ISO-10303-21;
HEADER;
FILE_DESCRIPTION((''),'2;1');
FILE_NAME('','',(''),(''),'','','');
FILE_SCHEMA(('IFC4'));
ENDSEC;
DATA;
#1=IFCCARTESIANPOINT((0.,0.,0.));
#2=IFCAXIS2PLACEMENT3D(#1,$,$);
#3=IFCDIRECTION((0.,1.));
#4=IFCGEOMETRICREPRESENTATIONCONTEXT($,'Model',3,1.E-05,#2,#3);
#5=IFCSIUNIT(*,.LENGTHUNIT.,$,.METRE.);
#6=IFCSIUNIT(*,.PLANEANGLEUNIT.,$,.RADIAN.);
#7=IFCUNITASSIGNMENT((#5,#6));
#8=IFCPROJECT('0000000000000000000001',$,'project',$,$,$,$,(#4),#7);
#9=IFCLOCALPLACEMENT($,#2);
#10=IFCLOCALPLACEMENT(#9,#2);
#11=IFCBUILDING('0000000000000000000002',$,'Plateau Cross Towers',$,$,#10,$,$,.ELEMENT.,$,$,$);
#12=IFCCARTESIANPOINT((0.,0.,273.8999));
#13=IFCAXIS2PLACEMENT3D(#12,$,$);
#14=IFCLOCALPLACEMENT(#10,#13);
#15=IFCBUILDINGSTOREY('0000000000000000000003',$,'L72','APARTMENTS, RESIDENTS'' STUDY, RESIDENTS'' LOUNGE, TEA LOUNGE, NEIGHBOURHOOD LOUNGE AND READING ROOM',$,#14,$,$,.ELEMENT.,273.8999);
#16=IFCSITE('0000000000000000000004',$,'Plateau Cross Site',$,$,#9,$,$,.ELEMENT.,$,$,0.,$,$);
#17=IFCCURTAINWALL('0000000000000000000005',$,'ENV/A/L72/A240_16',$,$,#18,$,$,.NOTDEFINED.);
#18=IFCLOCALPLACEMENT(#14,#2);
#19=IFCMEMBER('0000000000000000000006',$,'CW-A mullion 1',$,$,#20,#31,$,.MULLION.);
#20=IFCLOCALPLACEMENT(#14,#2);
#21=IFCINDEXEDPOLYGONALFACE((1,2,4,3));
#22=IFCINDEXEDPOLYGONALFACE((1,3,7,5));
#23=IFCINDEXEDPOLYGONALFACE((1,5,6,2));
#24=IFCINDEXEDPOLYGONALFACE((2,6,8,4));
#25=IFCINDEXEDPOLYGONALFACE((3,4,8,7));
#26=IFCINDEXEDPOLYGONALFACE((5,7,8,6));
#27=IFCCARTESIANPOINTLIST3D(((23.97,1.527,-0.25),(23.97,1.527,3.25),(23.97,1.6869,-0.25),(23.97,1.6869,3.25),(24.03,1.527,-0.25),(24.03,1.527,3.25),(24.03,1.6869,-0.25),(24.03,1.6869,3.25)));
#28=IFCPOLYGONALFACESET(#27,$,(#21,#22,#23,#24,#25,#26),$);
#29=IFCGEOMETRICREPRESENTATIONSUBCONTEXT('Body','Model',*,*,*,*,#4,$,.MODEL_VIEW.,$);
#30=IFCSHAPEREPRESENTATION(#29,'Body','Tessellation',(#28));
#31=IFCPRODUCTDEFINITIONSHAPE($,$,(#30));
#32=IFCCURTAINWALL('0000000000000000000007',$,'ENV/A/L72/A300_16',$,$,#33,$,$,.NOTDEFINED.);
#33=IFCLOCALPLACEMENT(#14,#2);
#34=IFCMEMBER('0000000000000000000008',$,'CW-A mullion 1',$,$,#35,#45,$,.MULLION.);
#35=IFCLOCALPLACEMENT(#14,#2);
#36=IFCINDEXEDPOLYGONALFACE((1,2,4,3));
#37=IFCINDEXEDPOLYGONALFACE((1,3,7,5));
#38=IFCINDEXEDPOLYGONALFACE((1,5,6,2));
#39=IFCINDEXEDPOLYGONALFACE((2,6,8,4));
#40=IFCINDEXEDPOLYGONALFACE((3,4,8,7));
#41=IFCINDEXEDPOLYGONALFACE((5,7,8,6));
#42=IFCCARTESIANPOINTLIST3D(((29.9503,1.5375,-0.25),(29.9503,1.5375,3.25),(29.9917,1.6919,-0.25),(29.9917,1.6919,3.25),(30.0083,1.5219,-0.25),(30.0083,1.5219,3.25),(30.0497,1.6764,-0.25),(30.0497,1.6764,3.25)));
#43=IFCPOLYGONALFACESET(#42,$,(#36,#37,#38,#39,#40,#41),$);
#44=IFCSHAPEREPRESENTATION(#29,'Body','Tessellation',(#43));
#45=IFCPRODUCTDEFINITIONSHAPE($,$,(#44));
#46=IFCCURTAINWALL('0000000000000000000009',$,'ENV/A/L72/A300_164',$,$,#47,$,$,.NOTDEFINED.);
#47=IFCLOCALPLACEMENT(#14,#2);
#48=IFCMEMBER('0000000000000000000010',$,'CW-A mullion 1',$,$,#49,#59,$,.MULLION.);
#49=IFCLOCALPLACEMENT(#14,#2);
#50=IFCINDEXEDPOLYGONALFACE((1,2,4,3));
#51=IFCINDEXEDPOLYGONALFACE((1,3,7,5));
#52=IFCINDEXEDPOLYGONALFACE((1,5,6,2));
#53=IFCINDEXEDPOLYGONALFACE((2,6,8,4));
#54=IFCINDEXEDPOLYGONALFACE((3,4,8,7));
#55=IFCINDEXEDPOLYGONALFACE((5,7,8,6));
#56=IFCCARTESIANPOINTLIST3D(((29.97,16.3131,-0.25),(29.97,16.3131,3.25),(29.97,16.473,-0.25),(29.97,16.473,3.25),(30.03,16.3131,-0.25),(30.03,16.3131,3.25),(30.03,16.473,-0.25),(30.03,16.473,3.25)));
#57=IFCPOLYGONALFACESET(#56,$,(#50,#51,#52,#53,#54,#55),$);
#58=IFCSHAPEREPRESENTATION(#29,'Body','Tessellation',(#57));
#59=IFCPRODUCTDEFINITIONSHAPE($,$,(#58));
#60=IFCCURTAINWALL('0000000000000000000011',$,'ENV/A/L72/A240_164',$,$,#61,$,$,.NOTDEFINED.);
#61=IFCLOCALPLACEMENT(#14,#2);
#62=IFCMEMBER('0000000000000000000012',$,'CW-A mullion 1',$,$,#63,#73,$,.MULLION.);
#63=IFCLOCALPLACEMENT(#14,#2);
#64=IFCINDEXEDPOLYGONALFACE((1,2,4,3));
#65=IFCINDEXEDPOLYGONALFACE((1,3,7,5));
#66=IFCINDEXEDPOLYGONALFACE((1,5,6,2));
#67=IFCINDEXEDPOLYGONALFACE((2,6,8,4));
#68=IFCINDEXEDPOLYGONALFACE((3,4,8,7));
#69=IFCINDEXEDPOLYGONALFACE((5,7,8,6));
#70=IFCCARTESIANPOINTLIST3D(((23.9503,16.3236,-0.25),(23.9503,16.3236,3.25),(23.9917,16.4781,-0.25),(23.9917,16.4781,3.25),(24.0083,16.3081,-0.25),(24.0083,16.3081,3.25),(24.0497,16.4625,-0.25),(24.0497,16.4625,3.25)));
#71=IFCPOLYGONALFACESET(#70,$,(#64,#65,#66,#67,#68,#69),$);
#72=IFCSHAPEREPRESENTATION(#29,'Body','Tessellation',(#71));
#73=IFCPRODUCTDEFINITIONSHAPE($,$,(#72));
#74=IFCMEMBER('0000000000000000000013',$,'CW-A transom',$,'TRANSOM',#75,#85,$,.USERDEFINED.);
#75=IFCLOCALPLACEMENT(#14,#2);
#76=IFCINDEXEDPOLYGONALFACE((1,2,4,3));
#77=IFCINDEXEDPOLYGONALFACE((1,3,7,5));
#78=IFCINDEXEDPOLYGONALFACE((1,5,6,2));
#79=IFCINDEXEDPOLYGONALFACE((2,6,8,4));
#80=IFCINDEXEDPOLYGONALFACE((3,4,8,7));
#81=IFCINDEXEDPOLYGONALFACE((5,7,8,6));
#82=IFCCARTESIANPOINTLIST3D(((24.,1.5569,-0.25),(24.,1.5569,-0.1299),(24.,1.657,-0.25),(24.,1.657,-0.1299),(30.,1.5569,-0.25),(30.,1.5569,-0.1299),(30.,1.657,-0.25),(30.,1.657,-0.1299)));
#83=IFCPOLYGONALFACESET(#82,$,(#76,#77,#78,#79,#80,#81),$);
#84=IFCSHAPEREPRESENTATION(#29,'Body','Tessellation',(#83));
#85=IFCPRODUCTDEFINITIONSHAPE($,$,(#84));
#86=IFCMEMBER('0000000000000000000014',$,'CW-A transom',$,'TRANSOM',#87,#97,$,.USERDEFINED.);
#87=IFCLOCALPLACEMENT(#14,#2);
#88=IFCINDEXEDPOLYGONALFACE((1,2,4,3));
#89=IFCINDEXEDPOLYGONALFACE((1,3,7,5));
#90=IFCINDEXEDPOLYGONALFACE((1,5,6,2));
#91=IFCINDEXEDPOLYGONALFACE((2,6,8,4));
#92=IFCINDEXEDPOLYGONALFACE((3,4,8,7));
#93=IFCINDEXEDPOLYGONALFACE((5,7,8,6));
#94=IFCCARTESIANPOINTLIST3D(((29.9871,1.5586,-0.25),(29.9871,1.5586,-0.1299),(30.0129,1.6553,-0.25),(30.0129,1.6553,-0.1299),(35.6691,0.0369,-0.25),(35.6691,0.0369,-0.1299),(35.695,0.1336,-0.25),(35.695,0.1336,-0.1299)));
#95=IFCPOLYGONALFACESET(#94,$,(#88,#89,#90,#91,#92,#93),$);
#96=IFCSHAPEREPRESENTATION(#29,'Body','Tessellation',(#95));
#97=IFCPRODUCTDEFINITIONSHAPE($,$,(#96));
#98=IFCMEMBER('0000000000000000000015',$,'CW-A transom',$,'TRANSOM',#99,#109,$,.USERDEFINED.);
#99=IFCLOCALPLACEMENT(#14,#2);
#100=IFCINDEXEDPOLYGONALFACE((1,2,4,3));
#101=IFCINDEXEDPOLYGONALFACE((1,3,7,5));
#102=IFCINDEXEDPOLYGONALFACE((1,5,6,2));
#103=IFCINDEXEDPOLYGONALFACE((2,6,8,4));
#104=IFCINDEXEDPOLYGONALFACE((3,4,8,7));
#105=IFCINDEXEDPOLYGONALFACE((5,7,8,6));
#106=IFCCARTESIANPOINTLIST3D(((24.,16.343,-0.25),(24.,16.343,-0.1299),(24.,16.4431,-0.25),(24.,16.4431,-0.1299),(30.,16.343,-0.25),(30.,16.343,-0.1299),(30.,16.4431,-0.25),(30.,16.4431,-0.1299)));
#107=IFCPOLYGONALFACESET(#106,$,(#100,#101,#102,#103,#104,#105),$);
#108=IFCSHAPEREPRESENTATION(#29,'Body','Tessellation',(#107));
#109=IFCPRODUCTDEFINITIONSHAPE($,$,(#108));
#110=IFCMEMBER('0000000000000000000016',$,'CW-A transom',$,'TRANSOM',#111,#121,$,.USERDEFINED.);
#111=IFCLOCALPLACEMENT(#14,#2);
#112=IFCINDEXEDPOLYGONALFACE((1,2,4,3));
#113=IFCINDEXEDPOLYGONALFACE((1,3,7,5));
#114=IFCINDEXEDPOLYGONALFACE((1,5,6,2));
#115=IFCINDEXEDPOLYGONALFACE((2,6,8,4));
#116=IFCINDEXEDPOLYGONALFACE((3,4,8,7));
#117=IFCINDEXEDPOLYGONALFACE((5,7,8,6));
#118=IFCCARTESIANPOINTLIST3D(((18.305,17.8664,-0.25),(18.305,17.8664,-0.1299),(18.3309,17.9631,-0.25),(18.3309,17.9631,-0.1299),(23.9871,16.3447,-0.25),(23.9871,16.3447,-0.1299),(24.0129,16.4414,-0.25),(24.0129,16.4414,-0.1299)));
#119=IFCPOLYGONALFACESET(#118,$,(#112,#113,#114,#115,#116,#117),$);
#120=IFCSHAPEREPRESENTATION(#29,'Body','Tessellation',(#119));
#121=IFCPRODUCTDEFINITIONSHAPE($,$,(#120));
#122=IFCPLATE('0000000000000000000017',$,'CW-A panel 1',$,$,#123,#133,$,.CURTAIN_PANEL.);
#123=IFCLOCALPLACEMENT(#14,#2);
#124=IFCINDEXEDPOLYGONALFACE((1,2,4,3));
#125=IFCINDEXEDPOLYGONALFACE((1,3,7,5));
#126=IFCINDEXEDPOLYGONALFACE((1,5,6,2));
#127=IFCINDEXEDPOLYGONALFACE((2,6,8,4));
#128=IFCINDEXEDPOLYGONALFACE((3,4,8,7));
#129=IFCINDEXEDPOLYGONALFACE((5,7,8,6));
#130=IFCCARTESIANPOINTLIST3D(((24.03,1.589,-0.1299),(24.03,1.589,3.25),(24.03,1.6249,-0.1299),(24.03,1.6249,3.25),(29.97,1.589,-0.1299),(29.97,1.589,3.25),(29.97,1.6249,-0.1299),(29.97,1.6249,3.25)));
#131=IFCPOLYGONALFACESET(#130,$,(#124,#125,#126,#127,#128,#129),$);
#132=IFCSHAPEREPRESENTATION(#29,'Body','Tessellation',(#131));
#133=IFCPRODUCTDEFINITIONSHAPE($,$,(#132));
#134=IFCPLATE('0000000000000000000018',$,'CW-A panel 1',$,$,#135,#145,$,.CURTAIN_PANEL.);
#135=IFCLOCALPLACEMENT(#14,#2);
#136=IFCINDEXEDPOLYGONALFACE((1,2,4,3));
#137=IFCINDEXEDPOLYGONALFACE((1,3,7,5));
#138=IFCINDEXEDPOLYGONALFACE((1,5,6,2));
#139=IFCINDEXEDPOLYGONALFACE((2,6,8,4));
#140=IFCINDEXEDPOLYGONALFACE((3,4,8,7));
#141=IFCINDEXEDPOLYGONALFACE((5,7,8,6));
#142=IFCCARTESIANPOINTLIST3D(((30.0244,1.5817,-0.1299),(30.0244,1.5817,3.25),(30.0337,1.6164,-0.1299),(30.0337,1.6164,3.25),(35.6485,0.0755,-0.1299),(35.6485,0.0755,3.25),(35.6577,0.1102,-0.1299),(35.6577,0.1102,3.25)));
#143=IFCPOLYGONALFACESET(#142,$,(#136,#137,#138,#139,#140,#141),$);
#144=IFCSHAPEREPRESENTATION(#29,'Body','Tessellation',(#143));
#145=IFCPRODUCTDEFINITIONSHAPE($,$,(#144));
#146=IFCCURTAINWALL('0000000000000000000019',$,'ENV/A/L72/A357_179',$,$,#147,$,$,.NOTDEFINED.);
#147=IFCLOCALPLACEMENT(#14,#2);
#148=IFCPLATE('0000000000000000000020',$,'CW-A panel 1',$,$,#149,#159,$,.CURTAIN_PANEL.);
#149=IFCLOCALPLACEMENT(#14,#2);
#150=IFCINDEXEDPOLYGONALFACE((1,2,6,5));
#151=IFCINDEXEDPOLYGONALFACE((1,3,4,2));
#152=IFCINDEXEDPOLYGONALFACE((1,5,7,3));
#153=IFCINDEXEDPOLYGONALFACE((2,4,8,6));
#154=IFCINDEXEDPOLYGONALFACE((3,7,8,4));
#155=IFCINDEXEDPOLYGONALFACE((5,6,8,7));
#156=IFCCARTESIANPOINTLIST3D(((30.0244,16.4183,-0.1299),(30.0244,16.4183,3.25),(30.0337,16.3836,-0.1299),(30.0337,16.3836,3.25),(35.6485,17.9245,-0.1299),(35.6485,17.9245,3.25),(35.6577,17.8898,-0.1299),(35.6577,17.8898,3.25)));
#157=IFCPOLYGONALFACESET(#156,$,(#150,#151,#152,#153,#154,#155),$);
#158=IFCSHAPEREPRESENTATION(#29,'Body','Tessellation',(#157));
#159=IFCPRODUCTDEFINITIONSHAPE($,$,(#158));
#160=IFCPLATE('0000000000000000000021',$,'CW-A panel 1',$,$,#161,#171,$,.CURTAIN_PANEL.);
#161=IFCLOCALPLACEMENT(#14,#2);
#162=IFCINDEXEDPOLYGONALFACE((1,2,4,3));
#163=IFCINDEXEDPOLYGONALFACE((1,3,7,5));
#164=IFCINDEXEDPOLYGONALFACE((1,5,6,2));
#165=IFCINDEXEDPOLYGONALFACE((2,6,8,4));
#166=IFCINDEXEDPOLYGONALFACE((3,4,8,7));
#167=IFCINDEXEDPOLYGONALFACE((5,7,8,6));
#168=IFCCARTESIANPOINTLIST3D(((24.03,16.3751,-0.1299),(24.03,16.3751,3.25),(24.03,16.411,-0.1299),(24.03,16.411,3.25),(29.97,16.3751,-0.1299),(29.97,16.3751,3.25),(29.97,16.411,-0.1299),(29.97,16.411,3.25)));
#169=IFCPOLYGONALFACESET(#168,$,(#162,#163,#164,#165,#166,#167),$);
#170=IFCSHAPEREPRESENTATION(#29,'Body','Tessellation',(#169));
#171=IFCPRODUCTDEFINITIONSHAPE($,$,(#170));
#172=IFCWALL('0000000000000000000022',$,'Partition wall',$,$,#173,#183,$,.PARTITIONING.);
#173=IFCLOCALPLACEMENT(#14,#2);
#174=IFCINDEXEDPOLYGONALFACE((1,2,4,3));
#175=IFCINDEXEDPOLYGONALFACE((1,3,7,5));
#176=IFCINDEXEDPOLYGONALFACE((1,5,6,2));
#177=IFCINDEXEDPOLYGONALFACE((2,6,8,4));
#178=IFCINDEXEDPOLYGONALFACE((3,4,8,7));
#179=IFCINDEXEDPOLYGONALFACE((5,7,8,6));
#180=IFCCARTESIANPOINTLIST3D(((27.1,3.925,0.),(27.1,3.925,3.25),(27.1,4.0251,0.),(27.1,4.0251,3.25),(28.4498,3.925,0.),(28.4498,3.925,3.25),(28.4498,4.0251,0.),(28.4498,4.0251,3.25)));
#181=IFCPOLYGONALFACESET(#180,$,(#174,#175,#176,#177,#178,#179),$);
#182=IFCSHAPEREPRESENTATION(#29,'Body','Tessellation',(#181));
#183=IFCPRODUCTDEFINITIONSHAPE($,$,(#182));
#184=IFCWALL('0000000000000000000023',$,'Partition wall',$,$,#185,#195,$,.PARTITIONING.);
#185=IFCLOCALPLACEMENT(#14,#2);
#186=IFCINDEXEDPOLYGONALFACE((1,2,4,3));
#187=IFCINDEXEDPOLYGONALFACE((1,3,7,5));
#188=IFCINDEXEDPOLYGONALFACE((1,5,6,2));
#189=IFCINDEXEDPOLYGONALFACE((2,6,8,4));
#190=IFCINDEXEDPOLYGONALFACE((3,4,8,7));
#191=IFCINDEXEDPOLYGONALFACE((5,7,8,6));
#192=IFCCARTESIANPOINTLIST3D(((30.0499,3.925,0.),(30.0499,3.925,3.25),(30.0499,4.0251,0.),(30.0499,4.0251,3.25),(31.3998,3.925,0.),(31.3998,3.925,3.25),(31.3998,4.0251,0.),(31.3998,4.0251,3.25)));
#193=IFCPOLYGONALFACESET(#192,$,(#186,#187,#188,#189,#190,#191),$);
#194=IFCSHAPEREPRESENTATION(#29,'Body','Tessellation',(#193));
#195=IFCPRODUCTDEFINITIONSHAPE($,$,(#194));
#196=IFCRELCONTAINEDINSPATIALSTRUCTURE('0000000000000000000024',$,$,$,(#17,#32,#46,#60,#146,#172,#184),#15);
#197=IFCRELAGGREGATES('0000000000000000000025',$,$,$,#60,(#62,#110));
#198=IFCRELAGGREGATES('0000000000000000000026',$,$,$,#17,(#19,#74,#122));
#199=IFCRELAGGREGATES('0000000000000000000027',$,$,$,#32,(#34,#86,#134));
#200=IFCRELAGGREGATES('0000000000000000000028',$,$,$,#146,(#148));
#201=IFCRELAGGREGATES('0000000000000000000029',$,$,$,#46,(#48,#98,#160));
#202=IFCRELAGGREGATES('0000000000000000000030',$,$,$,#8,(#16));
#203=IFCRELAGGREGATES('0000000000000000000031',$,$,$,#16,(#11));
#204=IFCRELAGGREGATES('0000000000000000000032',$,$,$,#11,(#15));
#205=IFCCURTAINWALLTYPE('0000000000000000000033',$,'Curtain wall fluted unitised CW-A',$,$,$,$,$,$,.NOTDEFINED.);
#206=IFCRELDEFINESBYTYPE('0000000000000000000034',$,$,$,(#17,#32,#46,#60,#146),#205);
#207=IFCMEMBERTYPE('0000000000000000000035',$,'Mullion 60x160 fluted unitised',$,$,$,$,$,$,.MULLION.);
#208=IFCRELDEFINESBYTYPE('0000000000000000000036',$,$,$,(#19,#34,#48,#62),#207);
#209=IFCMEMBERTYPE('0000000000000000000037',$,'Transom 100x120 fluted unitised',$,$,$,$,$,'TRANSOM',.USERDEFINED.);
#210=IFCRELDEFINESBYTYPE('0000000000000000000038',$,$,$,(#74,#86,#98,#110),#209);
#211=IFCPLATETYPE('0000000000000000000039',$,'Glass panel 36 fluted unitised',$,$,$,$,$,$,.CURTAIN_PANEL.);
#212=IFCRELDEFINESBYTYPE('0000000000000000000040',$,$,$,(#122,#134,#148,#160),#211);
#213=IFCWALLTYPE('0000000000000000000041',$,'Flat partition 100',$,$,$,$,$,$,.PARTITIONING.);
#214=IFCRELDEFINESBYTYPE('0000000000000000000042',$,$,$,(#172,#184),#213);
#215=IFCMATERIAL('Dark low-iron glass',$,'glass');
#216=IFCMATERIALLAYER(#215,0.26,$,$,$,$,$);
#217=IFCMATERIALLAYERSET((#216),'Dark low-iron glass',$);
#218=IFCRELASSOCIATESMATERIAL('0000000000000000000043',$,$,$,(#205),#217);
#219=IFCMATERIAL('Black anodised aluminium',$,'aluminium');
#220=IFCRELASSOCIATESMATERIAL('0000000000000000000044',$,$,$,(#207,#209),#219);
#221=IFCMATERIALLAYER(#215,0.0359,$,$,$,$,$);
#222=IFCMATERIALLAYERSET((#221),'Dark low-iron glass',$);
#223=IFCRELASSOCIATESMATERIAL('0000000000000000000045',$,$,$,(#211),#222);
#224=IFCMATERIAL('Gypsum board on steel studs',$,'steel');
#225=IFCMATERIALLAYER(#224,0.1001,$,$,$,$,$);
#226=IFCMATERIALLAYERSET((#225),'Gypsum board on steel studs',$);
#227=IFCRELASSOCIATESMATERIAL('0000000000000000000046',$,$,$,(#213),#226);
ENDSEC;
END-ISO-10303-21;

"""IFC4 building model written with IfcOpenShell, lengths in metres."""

from ifc_helpers import new_model, si_unit, direction, frame, frame_2d, origin, origin_2d, place, context, subcontext, project, spatial, rectangle, extrude, material, layer, layer_set, material_profile, profile_set, type_object, element, aggregate, save


model = new_model("IFC4")

# Units and contexts
model_context = context("Model", 3, precision=1e-05, world=origin(), true_north=direction((0.0, 1.0)))
body_context = subcontext(model_context, "Body", "Model", "MODEL_VIEW")
ifc_project = project(units=[si_unit("LENGTHUNIT", "METRE"), si_unit("PLANEANGLEUNIT", "RADIAN")], contexts=[model_context])

# Site, building, storey
site_placement = place(None, origin())
site = spatial("IfcSite", under=ifc_project, at=site_placement, Name="Plateau Cross Site", CompositionType="ELEMENT", RefElevation=0.0)
building_placement = place(site_placement, origin())
building = spatial("IfcBuilding", under=site, at=building_placement, Name="Plateau Cross Towers", CompositionType="ELEMENT")
storey_placement = place(building_placement, frame((0.0, 0.0, 273.8999)))
storey = spatial("IfcBuildingStorey", under=building, at=storey_placement, Name="L72", Description="APARTMENTS, RESIDENTS' STUDY, RESIDENTS' LOUNGE, TEA LOUNGE, NEIGHBOURHOOD LOUNGE AND READING ROOM", CompositionType="ELEMENT", Elevation=273.8999)

# Curtain walls, members
ifc_material_1 = material(Name="Dark low-iron glass", Category="glass")
ifc_layer_1 = layer(ifc_material_1, 0.26)
ifc_layer_set_1 = layer_set([ifc_layer_1], Name="Dark low-iron glass")
curtain_wall_type = type_object("IfcCurtainWallType", Name="Curtain wall fluted unitised CW-A", PredefinedType="NOTDEFINED", material=ifc_layer_set_1)
curtain_wall_1_placement = place(storey_placement, origin())
curtain_wall_1 = element("IfcCurtainWall", 1, at=curtain_wall_1_placement, inside=storey, type_object=curtain_wall_type, Name="ENV/A/L72/A240_16", PredefinedType="NOTDEFINED")
ifc_material_2 = material(Name="Black anodised aluminium", Category="aluminium")
ifc_material_profile_1 = material_profile(ifc_material_2, rectangle(XDim=0.0601, YDim=0.1599, at=origin_2d()), Name="MULLION 60x160")
ifc_profile_set_1 = profile_set([ifc_material_profile_1], Name="Black anodised aluminium")
member_type_1 = type_object("IfcMemberType", Name="Mullion 60x160 fluted unitised", PredefinedType="MULLION", material=ifc_profile_set_1)
member_1_placement = place(storey_placement, frame((24.0, 1.6069, -0.25), z_axis=(0.0, 0.0, 1.0), x_axis=(1.0, 0.0, 0.0)))
member_1 = element("IfcMember", 2, at=member_1_placement, type_object=member_type_1, Name="CW-A mullion 1", PredefinedType="MULLION", context=body_context, shape_type="SweptSolid", body=[
    extrude(rectangle(XDim=0.0601, YDim=0.1599, at=origin_2d()), origin(), (0.0, 0.0, 1.0), 3.5),
])
curtain_wall_2_placement = place(storey_placement, origin())
curtain_wall_2 = element("IfcCurtainWall", 3, at=curtain_wall_2_placement, inside=storey, type_object=curtain_wall_type, Name="ENV/A/L72/A300_16", PredefinedType="NOTDEFINED")
member_2_placement = place(storey_placement, frame((30.0, 1.6069, -0.25), z_axis=(0.0, 0.0, 1.0), x_axis=(0.965958, -0.258699, 0.0)))
member_2 = element("IfcMember", 4, at=member_2_placement, type_object=member_type_1, Name="CW-A mullion 1", PredefinedType="MULLION", context=body_context, shape_type="SweptSolid", body=[
    extrude(rectangle(XDim=0.0601, YDim=0.1599, at=origin_2d()), origin(), (0.0, 0.0, 1.0), 3.5),
])
curtain_wall_3_placement = place(storey_placement, origin())
curtain_wall_3 = element("IfcCurtainWall", 5, at=curtain_wall_3_placement, inside=storey, type_object=curtain_wall_type, Name="ENV/A/L72/A300_164", PredefinedType="NOTDEFINED")
member_3_placement = place(storey_placement, frame((30.0, 16.3931, -0.25), z_axis=(0.0, 0.0, 1.0), x_axis=(-1.0, 0.0, 0.0)))
member_3 = element("IfcMember", 6, at=member_3_placement, type_object=member_type_1, Name="CW-A mullion 1", PredefinedType="MULLION", context=body_context, shape_type="SweptSolid", body=[
    extrude(rectangle(XDim=0.0601, YDim=0.1599, at=origin_2d()), origin(), (0.0, 0.0, 1.0), 3.5),
])
curtain_wall_4_placement = place(storey_placement, origin())
curtain_wall_4 = element("IfcCurtainWall", 7, at=curtain_wall_4_placement, inside=storey, type_object=curtain_wall_type, Name="ENV/A/L72/A240_164", PredefinedType="NOTDEFINED")
member_4_placement = place(storey_placement, frame((24.0, 16.3931, -0.25), z_axis=(0.0, 0.0, 1.0), x_axis=(-0.965958, 0.258699, 0.0)))
member_4 = element("IfcMember", 8, at=member_4_placement, type_object=member_type_1, Name="CW-A mullion 1", PredefinedType="MULLION", context=body_context, shape_type="SweptSolid", body=[
    extrude(rectangle(XDim=0.0601, YDim=0.1599, at=origin_2d()), origin(), (0.0, 0.0, 1.0), 3.5),
])

# Members
ifc_material_profile_2 = material_profile(ifc_material_2, rectangle(XDim=0.1001, YDim=0.1201, at=origin_2d()), Name="TRANSOM 100x120")
ifc_profile_set_2 = profile_set([ifc_material_profile_2], Name="Black anodised aluminium")
member_type_2 = type_object("IfcMemberType", Name="Transom 100x120 fluted unitised", ElementType="TRANSOM", PredefinedType="USERDEFINED", material=ifc_profile_set_2)
member_5_placement = place(storey_placement, frame((24.0, 1.6069, -0.1899), z_axis=(1.0, 0.0, 0.0), x_axis=(0.0, 1.0, 0.0)))
member_5 = element("IfcMember", 9, at=member_5_placement, type_object=member_type_2, Name="CW-A transom", ObjectType="TRANSOM", PredefinedType="USERDEFINED", context=body_context, shape_type="SweptSolid", body=[
    extrude(rectangle(XDim=0.1001, YDim=0.1201, at=origin_2d()), origin(), (0.0, 0.0, 1.0), 6.0),
])
member_6_placement = place(storey_placement, frame((30.0, 1.6069, -0.1899), z_axis=(0.96596, -0.258693, 0.0), x_axis=(0.258693, 0.96596, 0.0)))
member_6 = element("IfcMember", 10, at=member_6_placement, type_object=member_type_2, Name="CW-A transom", ObjectType="TRANSOM", PredefinedType="USERDEFINED", context=body_context, shape_type="SweptSolid", body=[
    extrude(rectangle(XDim=0.1001, YDim=0.1201, at=origin_2d()), origin(), (0.0, 0.0, 1.0), 5.8823),
])
member_7_placement = place(storey_placement, frame((30.0, 16.3931, -0.1899), z_axis=(-1.0, 0.0, 0.0), x_axis=(0.0, -1.0, 0.0)))
member_7 = element("IfcMember", 11, at=member_7_placement, type_object=member_type_2, Name="CW-A transom", ObjectType="TRANSOM", PredefinedType="USERDEFINED", context=body_context, shape_type="SweptSolid", body=[
    extrude(rectangle(XDim=0.1001, YDim=0.1201, at=origin_2d()), origin(), (0.0, 0.0, 1.0), 6.0),
])
member_8_placement = place(storey_placement, frame((24.0, 16.3931, -0.1899), z_axis=(-0.96596, 0.258693, 0.0), x_axis=(-0.258693, -0.96596, 0.0)))
member_8 = element("IfcMember", 12, at=member_8_placement, type_object=member_type_2, Name="CW-A transom", ObjectType="TRANSOM", PredefinedType="USERDEFINED", context=body_context, shape_type="SweptSolid", body=[
    extrude(rectangle(XDim=0.1001, YDim=0.1201, at=origin_2d()), origin(), (0.0, 0.0, 1.0), 5.8823),
])
aggregate(curtain_wall_4, [member_4, member_8])

# Plates
ifc_layer_2 = layer(ifc_material_1, 0.0359)
ifc_layer_set_2 = layer_set([ifc_layer_2], Name="Dark low-iron glass")
plate_type = type_object("IfcPlateType", Name="Glass panel 36 fluted unitised", PredefinedType="CURTAIN_PANEL", material=ifc_layer_set_2)
plate_1_placement = place(storey_placement, frame((27.0, 1.6069, -0.1299), z_axis=(0.0, 0.0, 1.0), x_axis=(1.0, 0.0, 0.0)))
plate_1 = element("IfcPlate", 13, at=plate_1_placement, type_object=plate_type, Name="CW-A panel 1", PredefinedType="CURTAIN_PANEL", context=body_context, shape_type="SweptSolid", body=[
    extrude(rectangle(XDim=5.9399, YDim=0.0359, at=origin_2d()), origin(), (0.0, 0.0, 1.0), 3.3799),
])
aggregate(curtain_wall_1, [member_1, member_5, plate_1])
plate_2_placement = place(storey_placement, frame((32.8411, 0.8459, -0.1299), z_axis=(0.0, 0.0, 1.0), x_axis=(0.965958, -0.258699, 0.0)))
plate_2 = element("IfcPlate", 14, at=plate_2_placement, type_object=plate_type, Name="CW-A panel 1", PredefinedType="CURTAIN_PANEL", context=body_context, shape_type="SweptSolid", body=[
    extrude(rectangle(XDim=5.8223, YDim=0.0359, at=origin_2d()), origin(), (0.0, 0.0, 1.0), 3.3799),
])
aggregate(curtain_wall_2, [member_2, member_6, plate_2])

# Curtain wall, plate
curtain_wall_5_placement = place(storey_placement, origin())
curtain_wall_5 = element("IfcCurtainWall", 15, at=curtain_wall_5_placement, inside=storey, type_object=curtain_wall_type, Name="ENV/A/L72/A357_179", PredefinedType="NOTDEFINED")
plate_3_placement = place(storey_placement, frame((32.8411, 17.1541, -0.1299), z_axis=(0.0, 0.0, 1.0), x_axis=(-0.965958, -0.258699, 0.0)))
plate_3 = element("IfcPlate", 16, at=plate_3_placement, type_object=plate_type, Name="CW-A panel 1", PredefinedType="CURTAIN_PANEL", context=body_context, shape_type="SweptSolid", body=[
    extrude(rectangle(XDim=5.8223, YDim=0.0359, at=origin_2d()), origin(), (0.0, 0.0, 1.0), 3.3799),
])
aggregate(curtain_wall_5, [plate_3])

# Plate
plate_4_placement = place(storey_placement, frame((27.0, 16.3931, -0.1299), z_axis=(0.0, 0.0, 1.0), x_axis=(-1.0, 0.0, 0.0)))
plate_4 = element("IfcPlate", 17, at=plate_4_placement, type_object=plate_type, Name="CW-A panel 1", PredefinedType="CURTAIN_PANEL", context=body_context, shape_type="SweptSolid", body=[
    extrude(rectangle(XDim=5.9399, YDim=0.0359, at=origin_2d()), origin(), (0.0, 0.0, 1.0), 3.3799),
])
aggregate(curtain_wall_3, [member_3, member_7, plate_4])

# Walls
ifc_material_3 = material(Name="Gypsum board on steel studs", Category="steel")
ifc_layer_3 = layer(ifc_material_3, 0.1001)
ifc_layer_set_3 = layer_set([ifc_layer_3], Name="Gypsum board on steel studs")
wall_type_1 = type_object("IfcWallType", Name="Flat partition 100", PredefinedType="PARTITIONING", material=ifc_layer_set_3)
for number, where, z_axis, x_axis, name in (
    (18, (27.1001, 3.9751, 0.0), (0.0, 0.0, 1.0), (1.0, 0.0, 0.0), "Partition wall"),
    (19, (30.05, 3.9751, 0.0), (0.0, 0.0, 1.0), (1.0, 0.0, 0.0), "Partition wall"),
):
    element("IfcWall", number, at=place(storey_placement, frame(where, z_axis=z_axis, x_axis=x_axis)), inside=storey, type_object=wall_type_1, Name=name, PredefinedType="PARTITIONING", context=body_context, shape_type="SweptSolid", body=[
        extrude(rectangle(XDim=1.3499, YDim=0.1001, at=frame_2d((0.6748, 0.0))), origin(), (0.0, 0.0, 1.0), 3.25),
    ])

save(model, "model.ifc")
